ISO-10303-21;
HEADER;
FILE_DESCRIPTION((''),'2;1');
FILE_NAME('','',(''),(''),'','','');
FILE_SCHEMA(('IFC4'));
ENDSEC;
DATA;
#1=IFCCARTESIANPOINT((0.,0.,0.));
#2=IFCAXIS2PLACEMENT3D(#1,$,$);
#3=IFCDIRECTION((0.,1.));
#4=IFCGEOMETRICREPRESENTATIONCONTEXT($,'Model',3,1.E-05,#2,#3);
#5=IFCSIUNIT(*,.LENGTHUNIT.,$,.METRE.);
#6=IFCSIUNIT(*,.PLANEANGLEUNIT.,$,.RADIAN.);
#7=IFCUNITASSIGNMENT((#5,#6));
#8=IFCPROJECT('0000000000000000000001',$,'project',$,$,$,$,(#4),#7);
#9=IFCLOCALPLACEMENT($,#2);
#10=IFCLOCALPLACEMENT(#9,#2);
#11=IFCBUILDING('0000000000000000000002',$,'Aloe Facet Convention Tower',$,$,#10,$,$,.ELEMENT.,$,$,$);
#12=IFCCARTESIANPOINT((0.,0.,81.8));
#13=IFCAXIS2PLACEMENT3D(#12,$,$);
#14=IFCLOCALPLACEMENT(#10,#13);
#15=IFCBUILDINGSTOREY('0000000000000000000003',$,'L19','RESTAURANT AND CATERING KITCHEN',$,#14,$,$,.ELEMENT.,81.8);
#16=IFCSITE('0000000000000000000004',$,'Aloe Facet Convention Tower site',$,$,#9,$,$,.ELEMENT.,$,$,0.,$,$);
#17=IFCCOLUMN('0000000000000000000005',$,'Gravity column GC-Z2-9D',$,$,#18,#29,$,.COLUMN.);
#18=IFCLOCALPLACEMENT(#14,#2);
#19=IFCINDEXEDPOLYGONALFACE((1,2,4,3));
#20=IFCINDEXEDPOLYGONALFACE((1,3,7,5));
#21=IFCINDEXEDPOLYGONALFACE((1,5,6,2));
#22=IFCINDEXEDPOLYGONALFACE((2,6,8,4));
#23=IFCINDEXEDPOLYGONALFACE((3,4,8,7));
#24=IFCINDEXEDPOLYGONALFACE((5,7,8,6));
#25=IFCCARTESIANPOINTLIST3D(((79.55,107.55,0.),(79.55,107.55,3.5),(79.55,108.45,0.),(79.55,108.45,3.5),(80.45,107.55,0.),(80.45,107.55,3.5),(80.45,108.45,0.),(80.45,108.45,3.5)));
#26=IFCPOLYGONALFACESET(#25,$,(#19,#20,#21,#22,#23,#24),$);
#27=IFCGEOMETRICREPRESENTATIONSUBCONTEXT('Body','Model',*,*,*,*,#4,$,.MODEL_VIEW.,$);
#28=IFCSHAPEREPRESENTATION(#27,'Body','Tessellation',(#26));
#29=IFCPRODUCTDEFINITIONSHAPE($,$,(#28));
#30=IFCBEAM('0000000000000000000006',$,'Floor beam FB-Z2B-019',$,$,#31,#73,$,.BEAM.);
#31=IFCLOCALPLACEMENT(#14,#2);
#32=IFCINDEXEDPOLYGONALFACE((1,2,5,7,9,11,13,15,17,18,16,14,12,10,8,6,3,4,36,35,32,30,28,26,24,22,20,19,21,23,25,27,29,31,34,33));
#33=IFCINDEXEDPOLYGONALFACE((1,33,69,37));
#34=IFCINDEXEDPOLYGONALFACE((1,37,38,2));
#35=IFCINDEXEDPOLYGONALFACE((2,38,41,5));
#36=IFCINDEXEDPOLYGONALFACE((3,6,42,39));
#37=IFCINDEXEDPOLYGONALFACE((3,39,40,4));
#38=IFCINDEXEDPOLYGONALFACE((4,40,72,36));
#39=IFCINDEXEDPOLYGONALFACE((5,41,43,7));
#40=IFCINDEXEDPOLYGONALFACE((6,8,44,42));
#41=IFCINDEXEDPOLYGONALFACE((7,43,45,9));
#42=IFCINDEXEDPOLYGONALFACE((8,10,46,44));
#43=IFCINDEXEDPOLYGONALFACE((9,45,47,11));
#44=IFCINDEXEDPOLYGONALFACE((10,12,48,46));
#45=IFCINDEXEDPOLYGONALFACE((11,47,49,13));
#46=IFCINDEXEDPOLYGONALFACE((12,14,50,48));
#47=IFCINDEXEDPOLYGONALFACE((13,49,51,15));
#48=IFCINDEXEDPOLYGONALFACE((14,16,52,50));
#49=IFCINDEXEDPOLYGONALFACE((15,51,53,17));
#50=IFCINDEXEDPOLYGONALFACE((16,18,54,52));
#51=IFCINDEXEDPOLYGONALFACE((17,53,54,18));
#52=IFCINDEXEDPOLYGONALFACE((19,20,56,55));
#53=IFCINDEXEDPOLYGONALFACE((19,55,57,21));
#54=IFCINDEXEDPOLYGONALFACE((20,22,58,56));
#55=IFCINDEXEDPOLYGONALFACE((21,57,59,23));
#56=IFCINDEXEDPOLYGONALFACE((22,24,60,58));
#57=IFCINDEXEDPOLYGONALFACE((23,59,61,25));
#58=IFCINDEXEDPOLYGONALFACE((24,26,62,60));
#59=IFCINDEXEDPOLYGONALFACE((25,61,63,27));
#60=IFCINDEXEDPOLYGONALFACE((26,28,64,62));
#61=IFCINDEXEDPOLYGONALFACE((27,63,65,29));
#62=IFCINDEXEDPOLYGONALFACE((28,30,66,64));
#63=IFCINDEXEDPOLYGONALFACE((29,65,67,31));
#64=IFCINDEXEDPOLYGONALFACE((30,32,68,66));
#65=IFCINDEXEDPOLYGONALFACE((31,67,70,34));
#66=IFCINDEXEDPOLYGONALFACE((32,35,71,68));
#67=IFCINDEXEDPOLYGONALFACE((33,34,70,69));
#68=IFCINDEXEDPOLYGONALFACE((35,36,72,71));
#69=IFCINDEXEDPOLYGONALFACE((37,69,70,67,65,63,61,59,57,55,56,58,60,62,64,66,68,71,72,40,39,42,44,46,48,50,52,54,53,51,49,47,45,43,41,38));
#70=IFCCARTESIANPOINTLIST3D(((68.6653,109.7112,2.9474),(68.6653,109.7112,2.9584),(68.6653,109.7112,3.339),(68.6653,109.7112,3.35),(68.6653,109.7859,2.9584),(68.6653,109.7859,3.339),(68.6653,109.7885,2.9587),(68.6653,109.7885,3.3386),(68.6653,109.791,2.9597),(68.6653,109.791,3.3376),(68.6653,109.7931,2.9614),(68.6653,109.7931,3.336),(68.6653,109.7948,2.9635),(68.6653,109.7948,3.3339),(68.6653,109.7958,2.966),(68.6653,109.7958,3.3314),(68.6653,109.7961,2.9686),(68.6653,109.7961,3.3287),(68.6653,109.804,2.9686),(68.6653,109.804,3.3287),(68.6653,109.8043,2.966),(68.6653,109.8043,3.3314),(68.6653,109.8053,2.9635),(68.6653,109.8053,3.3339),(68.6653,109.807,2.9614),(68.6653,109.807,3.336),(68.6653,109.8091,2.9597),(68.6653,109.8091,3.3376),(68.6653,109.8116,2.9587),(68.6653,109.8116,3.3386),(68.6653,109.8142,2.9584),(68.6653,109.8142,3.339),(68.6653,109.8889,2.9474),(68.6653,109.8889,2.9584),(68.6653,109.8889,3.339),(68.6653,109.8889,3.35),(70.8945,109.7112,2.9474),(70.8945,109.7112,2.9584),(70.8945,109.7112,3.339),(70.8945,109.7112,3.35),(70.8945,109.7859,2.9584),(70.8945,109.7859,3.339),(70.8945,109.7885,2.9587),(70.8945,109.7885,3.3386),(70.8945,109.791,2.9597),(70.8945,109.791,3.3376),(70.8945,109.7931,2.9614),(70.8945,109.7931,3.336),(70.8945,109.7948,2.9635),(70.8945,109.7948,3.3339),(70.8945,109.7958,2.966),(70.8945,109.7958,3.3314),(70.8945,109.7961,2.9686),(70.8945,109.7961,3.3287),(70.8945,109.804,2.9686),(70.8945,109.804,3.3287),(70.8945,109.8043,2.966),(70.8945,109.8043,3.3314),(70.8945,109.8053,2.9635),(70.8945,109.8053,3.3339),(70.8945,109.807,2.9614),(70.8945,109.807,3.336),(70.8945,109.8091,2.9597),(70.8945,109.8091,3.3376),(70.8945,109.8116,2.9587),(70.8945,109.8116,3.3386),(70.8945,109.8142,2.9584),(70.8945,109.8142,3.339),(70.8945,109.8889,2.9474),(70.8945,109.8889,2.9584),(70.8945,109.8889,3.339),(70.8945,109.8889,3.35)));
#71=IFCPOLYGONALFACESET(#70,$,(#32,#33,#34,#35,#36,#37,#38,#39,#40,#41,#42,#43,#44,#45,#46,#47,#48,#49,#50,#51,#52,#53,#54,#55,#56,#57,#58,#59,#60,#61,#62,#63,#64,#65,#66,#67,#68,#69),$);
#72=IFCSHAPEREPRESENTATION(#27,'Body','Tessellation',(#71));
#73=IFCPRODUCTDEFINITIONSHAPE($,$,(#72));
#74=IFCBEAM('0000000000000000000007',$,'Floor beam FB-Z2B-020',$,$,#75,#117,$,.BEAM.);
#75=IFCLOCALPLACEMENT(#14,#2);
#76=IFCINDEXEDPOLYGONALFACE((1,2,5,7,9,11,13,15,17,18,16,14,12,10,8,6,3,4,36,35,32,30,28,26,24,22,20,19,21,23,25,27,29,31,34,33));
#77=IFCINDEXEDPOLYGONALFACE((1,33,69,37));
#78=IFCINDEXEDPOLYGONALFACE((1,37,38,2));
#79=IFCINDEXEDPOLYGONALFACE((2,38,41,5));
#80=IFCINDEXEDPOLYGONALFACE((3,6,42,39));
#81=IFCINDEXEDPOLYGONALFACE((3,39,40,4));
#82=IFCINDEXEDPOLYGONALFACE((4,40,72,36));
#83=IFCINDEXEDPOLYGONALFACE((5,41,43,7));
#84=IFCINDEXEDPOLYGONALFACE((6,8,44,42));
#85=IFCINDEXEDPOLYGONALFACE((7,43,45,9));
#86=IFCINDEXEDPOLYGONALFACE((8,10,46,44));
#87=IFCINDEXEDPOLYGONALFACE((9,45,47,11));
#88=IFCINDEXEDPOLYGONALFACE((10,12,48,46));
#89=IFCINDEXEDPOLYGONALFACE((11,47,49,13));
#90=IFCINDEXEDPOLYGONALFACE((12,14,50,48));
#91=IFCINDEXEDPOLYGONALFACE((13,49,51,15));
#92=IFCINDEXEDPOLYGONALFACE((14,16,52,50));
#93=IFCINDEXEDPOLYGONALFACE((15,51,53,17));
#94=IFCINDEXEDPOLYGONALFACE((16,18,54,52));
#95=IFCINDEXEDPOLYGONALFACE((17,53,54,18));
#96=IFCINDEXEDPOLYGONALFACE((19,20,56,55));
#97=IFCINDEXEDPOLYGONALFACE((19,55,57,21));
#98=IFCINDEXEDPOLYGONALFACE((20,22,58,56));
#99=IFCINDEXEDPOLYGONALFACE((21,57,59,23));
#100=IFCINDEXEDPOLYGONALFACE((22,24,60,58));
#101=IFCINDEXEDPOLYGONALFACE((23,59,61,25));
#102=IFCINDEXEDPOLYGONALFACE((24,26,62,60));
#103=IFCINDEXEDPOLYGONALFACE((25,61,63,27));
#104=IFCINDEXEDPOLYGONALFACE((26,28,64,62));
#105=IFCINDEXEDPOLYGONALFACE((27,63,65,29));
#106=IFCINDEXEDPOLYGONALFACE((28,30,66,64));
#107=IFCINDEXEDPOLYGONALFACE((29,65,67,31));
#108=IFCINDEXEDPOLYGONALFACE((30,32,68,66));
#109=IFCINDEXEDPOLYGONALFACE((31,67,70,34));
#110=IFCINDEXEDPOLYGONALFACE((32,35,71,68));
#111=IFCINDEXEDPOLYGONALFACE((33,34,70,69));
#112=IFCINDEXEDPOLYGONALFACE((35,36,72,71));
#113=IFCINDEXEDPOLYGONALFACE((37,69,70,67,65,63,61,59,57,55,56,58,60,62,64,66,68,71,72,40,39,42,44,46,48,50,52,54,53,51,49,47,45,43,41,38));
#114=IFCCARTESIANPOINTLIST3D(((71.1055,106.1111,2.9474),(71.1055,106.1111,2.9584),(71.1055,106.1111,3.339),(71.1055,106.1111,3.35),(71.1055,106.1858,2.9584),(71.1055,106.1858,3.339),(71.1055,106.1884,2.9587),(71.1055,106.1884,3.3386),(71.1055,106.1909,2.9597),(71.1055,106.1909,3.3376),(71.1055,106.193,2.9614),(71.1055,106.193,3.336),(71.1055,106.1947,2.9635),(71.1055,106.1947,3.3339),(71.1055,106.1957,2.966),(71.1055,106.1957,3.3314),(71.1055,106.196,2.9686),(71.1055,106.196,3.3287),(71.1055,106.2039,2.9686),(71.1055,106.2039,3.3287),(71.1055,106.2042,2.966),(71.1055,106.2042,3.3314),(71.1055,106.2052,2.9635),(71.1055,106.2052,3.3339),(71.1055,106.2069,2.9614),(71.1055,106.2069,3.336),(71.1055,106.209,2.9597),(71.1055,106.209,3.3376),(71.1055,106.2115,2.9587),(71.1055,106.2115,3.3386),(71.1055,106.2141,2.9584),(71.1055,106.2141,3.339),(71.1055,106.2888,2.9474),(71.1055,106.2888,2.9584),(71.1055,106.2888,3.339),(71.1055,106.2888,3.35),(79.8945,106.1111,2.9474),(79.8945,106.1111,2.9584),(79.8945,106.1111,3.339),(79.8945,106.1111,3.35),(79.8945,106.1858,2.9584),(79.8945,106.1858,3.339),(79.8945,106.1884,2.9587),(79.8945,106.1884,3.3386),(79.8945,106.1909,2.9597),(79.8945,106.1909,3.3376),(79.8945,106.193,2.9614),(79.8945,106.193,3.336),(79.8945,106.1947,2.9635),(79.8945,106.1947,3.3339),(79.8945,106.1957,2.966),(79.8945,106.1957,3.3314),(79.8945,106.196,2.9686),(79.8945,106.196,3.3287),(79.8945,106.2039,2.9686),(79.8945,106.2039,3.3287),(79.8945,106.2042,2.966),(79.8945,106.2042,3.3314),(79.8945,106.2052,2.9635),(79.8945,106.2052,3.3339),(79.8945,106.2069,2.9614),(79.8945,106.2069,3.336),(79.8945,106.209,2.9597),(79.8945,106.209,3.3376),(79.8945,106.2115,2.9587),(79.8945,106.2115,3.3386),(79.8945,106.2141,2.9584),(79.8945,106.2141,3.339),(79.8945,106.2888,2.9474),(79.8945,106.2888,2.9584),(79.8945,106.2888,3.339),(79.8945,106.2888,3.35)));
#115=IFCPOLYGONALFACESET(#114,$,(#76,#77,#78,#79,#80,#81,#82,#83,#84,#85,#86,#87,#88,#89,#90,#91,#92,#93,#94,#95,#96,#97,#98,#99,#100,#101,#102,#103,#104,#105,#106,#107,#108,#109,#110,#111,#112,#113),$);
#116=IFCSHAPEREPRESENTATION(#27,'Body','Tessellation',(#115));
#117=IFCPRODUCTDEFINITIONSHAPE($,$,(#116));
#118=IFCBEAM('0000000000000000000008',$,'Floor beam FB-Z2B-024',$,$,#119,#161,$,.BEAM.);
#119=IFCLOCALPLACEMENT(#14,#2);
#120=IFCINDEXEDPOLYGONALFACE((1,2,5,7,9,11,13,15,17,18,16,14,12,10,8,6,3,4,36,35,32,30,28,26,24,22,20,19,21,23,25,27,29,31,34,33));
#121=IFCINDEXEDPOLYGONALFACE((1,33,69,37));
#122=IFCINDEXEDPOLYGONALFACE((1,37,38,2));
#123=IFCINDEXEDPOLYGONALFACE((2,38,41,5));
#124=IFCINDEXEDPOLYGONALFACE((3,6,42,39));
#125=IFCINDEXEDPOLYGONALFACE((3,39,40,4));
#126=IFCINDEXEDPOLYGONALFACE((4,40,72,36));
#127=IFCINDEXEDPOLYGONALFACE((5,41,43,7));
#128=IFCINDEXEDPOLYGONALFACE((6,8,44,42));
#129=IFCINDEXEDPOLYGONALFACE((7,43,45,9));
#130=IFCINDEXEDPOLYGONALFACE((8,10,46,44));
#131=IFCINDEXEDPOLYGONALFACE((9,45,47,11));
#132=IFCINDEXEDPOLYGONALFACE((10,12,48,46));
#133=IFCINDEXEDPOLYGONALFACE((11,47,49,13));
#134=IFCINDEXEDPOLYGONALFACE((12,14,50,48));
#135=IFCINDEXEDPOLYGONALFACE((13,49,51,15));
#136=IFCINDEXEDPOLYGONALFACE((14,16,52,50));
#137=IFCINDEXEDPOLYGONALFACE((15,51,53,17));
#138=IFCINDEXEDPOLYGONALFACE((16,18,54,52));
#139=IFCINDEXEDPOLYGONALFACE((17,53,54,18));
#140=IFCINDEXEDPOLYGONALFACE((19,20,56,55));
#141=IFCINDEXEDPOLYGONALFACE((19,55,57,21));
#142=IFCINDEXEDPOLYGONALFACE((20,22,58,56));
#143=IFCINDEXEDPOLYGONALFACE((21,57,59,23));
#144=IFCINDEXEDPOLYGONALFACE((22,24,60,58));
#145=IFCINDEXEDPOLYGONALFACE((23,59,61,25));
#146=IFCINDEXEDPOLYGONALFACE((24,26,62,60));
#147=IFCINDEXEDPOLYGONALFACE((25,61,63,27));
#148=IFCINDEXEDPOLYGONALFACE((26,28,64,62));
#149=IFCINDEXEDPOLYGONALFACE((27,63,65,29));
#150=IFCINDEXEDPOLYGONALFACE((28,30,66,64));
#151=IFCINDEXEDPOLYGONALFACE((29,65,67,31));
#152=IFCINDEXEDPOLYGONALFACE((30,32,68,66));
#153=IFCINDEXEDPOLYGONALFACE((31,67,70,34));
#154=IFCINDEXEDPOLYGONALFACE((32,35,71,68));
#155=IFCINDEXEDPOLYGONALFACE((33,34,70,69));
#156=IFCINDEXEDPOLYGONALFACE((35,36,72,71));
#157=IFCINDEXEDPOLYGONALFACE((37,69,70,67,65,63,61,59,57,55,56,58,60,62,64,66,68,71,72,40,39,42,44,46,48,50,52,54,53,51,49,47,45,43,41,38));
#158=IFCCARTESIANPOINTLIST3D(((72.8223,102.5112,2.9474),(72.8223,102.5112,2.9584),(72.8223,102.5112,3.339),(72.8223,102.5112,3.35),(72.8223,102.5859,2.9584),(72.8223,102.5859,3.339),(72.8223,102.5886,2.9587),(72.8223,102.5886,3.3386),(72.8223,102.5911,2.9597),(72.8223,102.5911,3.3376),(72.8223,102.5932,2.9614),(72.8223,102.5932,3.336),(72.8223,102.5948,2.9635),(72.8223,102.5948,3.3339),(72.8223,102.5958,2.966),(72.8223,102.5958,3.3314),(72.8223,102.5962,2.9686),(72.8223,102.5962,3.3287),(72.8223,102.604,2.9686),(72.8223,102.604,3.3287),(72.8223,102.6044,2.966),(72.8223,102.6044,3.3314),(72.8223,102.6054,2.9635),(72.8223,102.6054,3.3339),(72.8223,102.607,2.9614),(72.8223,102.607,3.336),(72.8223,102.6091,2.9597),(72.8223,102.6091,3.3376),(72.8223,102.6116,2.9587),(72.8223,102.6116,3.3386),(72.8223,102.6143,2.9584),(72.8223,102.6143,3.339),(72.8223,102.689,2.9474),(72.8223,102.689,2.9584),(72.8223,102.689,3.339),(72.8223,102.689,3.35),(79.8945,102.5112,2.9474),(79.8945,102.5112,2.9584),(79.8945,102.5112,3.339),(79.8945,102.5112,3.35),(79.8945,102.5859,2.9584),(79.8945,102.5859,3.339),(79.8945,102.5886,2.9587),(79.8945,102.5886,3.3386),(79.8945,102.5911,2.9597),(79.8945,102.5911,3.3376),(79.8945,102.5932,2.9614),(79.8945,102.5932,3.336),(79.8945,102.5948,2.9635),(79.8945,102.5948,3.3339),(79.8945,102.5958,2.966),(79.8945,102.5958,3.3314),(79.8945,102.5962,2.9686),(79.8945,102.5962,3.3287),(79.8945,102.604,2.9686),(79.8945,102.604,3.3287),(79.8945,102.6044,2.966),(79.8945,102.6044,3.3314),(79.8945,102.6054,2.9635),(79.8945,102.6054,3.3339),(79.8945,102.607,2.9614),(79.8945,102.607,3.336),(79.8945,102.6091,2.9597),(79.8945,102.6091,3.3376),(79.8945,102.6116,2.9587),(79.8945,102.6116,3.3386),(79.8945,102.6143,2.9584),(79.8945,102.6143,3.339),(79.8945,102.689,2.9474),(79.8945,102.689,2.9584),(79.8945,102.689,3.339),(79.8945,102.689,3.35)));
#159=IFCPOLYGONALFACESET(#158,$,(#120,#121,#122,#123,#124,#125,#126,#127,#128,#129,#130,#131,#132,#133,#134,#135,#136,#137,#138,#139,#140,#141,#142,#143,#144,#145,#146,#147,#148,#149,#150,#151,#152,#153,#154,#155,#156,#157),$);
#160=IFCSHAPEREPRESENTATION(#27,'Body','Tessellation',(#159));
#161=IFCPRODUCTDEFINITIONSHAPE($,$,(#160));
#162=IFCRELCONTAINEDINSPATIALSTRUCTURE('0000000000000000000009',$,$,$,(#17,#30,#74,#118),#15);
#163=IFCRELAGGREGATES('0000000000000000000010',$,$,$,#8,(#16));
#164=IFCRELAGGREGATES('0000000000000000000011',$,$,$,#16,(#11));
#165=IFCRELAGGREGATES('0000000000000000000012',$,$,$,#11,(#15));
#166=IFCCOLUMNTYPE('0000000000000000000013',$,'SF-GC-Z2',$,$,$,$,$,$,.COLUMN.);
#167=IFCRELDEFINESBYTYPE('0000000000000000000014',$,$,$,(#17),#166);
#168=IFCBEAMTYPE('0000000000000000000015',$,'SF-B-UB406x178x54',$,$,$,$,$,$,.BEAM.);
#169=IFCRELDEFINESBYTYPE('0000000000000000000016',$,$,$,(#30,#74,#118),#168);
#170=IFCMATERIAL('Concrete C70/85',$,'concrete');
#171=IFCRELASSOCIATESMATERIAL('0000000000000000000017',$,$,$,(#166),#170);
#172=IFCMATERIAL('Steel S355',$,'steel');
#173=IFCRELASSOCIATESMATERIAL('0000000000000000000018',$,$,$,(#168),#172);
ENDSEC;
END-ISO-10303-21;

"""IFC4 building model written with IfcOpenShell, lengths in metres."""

from ifc_helpers import new_model, si_unit, direction, frame, origin, origin_2d, place, context, subcontext, project, spatial, rectangle, i_section, extrude, material, material_profile, profile_set, type_object, element, save


model = new_model("IFC4")

# Units and contexts
model_context = context("Model", 3, precision=1e-05, world=origin(), true_north=direction((0.0, 1.0)))
body_context = subcontext(model_context, "Body", "Model", "MODEL_VIEW")
ifc_project = project(units=[si_unit("LENGTHUNIT", "METRE"), si_unit("PLANEANGLEUNIT", "RADIAN")], contexts=[model_context])

# Site, building, storey
site_placement = place(None, origin())
site = spatial("IfcSite", under=ifc_project, at=site_placement, Name="Aloe Facet Convention Tower site", CompositionType="ELEMENT", RefElevation=0.0)
building_placement = place(site_placement, origin())
building = spatial("IfcBuilding", under=site, at=building_placement, Name="Aloe Facet Convention Tower", CompositionType="ELEMENT")
storey_placement = place(building_placement, frame((0.0, 0.0, 81.8)))
storey = spatial("IfcBuildingStorey", under=building, at=storey_placement, Name="L19", Description="RESTAURANT AND CATERING KITCHEN", CompositionType="ELEMENT", Elevation=81.8)

# Column
ifc_material_1 = material(Name="Concrete C70/85", Category="concrete")
ifc_material_profile_1 = material_profile(ifc_material_1, rectangle(XDim=0.8999, YDim=0.8999, at=origin_2d()), Name="SF-GC-Z2")
ifc_profile_set_1 = profile_set([ifc_material_profile_1], Name="Concrete C70/85")
column_type = type_object("IfcColumnType", Name="SF-GC-Z2", PredefinedType="COLUMN", material=ifc_profile_set_1)
column_placement = place(storey_placement, frame((80.0, 108.0, 0.0), z_axis=(0.0, 0.0, 1.0), x_axis=(1.0, 0.0, 0.0)))
element("IfcColumn", 1, at=column_placement, inside=storey, type_object=column_type, Name="Gravity column GC-Z2-9D", PredefinedType="COLUMN", context=body_context, shape_type="SweptSolid", body=[
    extrude(rectangle(XDim=0.8999, YDim=0.8999, at=origin_2d()), origin(), (0.0, 0.0, 1.0), 3.5),
])

# Beams
ifc_material_2 = material(Name="Steel S355", Category="steel")
ifc_material_profile_2 = material_profile(ifc_material_2, i_section(OverallWidth=0.1777, OverallDepth=0.4026, WebThickness=0.0078, FlangeThickness=0.011, FilletRadius=0.0103, at=origin_2d()), Name="UB 406x178x54")
ifc_profile_set_2 = profile_set([ifc_material_profile_2], Name="Steel S355")
beam_type_1 = type_object("IfcBeamType", Name="SF-B-UB406x178x54", PredefinedType="BEAM", material=ifc_profile_set_2)
beam_1_placement = place(storey_placement, frame((68.6653, 109.8, 3.1487), z_axis=(1.0, 0.0, 0.0), x_axis=(0.0, 1.0, 0.0)))
element("IfcBeam", 2, at=beam_1_placement, inside=storey, type_object=beam_type_1, Name="Floor beam FB-Z2B-019", PredefinedType="BEAM", context=body_context, shape_type="SweptSolid", body=[
    extrude(i_section(OverallWidth=0.1777, OverallDepth=0.4026, WebThickness=0.0078, FlangeThickness=0.011, FilletRadius=0.0103, at=origin_2d()), origin(), (0.0, 0.0, 1.0), 2.2292),
])
beam_2_placement = place(storey_placement, frame((71.1055, 106.2, 3.1487), z_axis=(1.0, 0.0, 0.0), x_axis=(0.0, 1.0, 0.0)))
element("IfcBeam", 3, at=beam_2_placement, inside=storey, type_object=beam_type_1, Name="Floor beam FB-Z2B-020", PredefinedType="BEAM", context=body_context, shape_type="SweptSolid", body=[
    extrude(i_section(OverallWidth=0.1777, OverallDepth=0.4026, WebThickness=0.0078, FlangeThickness=0.011, FilletRadius=0.0103, at=origin_2d()), origin(), (0.0, 0.0, 1.0), 8.7891),
])
beam_3_placement = place(storey_placement, frame((72.8223, 102.6001, 3.1487), z_axis=(1.0, 0.0, 0.0), x_axis=(0.0, 1.0, 0.0)))
element("IfcBeam", 4, at=beam_3_placement, inside=storey, type_object=beam_type_1, Name="Floor beam FB-Z2B-024", PredefinedType="BEAM", context=body_context, shape_type="SweptSolid", body=[
    extrude(i_section(OverallWidth=0.1777, OverallDepth=0.4026, WebThickness=0.0078, FlangeThickness=0.011, FilletRadius=0.0103, at=origin_2d()), origin(), (0.0, 0.0, 1.0), 7.0723),
])

save(model, "model.ifc")
